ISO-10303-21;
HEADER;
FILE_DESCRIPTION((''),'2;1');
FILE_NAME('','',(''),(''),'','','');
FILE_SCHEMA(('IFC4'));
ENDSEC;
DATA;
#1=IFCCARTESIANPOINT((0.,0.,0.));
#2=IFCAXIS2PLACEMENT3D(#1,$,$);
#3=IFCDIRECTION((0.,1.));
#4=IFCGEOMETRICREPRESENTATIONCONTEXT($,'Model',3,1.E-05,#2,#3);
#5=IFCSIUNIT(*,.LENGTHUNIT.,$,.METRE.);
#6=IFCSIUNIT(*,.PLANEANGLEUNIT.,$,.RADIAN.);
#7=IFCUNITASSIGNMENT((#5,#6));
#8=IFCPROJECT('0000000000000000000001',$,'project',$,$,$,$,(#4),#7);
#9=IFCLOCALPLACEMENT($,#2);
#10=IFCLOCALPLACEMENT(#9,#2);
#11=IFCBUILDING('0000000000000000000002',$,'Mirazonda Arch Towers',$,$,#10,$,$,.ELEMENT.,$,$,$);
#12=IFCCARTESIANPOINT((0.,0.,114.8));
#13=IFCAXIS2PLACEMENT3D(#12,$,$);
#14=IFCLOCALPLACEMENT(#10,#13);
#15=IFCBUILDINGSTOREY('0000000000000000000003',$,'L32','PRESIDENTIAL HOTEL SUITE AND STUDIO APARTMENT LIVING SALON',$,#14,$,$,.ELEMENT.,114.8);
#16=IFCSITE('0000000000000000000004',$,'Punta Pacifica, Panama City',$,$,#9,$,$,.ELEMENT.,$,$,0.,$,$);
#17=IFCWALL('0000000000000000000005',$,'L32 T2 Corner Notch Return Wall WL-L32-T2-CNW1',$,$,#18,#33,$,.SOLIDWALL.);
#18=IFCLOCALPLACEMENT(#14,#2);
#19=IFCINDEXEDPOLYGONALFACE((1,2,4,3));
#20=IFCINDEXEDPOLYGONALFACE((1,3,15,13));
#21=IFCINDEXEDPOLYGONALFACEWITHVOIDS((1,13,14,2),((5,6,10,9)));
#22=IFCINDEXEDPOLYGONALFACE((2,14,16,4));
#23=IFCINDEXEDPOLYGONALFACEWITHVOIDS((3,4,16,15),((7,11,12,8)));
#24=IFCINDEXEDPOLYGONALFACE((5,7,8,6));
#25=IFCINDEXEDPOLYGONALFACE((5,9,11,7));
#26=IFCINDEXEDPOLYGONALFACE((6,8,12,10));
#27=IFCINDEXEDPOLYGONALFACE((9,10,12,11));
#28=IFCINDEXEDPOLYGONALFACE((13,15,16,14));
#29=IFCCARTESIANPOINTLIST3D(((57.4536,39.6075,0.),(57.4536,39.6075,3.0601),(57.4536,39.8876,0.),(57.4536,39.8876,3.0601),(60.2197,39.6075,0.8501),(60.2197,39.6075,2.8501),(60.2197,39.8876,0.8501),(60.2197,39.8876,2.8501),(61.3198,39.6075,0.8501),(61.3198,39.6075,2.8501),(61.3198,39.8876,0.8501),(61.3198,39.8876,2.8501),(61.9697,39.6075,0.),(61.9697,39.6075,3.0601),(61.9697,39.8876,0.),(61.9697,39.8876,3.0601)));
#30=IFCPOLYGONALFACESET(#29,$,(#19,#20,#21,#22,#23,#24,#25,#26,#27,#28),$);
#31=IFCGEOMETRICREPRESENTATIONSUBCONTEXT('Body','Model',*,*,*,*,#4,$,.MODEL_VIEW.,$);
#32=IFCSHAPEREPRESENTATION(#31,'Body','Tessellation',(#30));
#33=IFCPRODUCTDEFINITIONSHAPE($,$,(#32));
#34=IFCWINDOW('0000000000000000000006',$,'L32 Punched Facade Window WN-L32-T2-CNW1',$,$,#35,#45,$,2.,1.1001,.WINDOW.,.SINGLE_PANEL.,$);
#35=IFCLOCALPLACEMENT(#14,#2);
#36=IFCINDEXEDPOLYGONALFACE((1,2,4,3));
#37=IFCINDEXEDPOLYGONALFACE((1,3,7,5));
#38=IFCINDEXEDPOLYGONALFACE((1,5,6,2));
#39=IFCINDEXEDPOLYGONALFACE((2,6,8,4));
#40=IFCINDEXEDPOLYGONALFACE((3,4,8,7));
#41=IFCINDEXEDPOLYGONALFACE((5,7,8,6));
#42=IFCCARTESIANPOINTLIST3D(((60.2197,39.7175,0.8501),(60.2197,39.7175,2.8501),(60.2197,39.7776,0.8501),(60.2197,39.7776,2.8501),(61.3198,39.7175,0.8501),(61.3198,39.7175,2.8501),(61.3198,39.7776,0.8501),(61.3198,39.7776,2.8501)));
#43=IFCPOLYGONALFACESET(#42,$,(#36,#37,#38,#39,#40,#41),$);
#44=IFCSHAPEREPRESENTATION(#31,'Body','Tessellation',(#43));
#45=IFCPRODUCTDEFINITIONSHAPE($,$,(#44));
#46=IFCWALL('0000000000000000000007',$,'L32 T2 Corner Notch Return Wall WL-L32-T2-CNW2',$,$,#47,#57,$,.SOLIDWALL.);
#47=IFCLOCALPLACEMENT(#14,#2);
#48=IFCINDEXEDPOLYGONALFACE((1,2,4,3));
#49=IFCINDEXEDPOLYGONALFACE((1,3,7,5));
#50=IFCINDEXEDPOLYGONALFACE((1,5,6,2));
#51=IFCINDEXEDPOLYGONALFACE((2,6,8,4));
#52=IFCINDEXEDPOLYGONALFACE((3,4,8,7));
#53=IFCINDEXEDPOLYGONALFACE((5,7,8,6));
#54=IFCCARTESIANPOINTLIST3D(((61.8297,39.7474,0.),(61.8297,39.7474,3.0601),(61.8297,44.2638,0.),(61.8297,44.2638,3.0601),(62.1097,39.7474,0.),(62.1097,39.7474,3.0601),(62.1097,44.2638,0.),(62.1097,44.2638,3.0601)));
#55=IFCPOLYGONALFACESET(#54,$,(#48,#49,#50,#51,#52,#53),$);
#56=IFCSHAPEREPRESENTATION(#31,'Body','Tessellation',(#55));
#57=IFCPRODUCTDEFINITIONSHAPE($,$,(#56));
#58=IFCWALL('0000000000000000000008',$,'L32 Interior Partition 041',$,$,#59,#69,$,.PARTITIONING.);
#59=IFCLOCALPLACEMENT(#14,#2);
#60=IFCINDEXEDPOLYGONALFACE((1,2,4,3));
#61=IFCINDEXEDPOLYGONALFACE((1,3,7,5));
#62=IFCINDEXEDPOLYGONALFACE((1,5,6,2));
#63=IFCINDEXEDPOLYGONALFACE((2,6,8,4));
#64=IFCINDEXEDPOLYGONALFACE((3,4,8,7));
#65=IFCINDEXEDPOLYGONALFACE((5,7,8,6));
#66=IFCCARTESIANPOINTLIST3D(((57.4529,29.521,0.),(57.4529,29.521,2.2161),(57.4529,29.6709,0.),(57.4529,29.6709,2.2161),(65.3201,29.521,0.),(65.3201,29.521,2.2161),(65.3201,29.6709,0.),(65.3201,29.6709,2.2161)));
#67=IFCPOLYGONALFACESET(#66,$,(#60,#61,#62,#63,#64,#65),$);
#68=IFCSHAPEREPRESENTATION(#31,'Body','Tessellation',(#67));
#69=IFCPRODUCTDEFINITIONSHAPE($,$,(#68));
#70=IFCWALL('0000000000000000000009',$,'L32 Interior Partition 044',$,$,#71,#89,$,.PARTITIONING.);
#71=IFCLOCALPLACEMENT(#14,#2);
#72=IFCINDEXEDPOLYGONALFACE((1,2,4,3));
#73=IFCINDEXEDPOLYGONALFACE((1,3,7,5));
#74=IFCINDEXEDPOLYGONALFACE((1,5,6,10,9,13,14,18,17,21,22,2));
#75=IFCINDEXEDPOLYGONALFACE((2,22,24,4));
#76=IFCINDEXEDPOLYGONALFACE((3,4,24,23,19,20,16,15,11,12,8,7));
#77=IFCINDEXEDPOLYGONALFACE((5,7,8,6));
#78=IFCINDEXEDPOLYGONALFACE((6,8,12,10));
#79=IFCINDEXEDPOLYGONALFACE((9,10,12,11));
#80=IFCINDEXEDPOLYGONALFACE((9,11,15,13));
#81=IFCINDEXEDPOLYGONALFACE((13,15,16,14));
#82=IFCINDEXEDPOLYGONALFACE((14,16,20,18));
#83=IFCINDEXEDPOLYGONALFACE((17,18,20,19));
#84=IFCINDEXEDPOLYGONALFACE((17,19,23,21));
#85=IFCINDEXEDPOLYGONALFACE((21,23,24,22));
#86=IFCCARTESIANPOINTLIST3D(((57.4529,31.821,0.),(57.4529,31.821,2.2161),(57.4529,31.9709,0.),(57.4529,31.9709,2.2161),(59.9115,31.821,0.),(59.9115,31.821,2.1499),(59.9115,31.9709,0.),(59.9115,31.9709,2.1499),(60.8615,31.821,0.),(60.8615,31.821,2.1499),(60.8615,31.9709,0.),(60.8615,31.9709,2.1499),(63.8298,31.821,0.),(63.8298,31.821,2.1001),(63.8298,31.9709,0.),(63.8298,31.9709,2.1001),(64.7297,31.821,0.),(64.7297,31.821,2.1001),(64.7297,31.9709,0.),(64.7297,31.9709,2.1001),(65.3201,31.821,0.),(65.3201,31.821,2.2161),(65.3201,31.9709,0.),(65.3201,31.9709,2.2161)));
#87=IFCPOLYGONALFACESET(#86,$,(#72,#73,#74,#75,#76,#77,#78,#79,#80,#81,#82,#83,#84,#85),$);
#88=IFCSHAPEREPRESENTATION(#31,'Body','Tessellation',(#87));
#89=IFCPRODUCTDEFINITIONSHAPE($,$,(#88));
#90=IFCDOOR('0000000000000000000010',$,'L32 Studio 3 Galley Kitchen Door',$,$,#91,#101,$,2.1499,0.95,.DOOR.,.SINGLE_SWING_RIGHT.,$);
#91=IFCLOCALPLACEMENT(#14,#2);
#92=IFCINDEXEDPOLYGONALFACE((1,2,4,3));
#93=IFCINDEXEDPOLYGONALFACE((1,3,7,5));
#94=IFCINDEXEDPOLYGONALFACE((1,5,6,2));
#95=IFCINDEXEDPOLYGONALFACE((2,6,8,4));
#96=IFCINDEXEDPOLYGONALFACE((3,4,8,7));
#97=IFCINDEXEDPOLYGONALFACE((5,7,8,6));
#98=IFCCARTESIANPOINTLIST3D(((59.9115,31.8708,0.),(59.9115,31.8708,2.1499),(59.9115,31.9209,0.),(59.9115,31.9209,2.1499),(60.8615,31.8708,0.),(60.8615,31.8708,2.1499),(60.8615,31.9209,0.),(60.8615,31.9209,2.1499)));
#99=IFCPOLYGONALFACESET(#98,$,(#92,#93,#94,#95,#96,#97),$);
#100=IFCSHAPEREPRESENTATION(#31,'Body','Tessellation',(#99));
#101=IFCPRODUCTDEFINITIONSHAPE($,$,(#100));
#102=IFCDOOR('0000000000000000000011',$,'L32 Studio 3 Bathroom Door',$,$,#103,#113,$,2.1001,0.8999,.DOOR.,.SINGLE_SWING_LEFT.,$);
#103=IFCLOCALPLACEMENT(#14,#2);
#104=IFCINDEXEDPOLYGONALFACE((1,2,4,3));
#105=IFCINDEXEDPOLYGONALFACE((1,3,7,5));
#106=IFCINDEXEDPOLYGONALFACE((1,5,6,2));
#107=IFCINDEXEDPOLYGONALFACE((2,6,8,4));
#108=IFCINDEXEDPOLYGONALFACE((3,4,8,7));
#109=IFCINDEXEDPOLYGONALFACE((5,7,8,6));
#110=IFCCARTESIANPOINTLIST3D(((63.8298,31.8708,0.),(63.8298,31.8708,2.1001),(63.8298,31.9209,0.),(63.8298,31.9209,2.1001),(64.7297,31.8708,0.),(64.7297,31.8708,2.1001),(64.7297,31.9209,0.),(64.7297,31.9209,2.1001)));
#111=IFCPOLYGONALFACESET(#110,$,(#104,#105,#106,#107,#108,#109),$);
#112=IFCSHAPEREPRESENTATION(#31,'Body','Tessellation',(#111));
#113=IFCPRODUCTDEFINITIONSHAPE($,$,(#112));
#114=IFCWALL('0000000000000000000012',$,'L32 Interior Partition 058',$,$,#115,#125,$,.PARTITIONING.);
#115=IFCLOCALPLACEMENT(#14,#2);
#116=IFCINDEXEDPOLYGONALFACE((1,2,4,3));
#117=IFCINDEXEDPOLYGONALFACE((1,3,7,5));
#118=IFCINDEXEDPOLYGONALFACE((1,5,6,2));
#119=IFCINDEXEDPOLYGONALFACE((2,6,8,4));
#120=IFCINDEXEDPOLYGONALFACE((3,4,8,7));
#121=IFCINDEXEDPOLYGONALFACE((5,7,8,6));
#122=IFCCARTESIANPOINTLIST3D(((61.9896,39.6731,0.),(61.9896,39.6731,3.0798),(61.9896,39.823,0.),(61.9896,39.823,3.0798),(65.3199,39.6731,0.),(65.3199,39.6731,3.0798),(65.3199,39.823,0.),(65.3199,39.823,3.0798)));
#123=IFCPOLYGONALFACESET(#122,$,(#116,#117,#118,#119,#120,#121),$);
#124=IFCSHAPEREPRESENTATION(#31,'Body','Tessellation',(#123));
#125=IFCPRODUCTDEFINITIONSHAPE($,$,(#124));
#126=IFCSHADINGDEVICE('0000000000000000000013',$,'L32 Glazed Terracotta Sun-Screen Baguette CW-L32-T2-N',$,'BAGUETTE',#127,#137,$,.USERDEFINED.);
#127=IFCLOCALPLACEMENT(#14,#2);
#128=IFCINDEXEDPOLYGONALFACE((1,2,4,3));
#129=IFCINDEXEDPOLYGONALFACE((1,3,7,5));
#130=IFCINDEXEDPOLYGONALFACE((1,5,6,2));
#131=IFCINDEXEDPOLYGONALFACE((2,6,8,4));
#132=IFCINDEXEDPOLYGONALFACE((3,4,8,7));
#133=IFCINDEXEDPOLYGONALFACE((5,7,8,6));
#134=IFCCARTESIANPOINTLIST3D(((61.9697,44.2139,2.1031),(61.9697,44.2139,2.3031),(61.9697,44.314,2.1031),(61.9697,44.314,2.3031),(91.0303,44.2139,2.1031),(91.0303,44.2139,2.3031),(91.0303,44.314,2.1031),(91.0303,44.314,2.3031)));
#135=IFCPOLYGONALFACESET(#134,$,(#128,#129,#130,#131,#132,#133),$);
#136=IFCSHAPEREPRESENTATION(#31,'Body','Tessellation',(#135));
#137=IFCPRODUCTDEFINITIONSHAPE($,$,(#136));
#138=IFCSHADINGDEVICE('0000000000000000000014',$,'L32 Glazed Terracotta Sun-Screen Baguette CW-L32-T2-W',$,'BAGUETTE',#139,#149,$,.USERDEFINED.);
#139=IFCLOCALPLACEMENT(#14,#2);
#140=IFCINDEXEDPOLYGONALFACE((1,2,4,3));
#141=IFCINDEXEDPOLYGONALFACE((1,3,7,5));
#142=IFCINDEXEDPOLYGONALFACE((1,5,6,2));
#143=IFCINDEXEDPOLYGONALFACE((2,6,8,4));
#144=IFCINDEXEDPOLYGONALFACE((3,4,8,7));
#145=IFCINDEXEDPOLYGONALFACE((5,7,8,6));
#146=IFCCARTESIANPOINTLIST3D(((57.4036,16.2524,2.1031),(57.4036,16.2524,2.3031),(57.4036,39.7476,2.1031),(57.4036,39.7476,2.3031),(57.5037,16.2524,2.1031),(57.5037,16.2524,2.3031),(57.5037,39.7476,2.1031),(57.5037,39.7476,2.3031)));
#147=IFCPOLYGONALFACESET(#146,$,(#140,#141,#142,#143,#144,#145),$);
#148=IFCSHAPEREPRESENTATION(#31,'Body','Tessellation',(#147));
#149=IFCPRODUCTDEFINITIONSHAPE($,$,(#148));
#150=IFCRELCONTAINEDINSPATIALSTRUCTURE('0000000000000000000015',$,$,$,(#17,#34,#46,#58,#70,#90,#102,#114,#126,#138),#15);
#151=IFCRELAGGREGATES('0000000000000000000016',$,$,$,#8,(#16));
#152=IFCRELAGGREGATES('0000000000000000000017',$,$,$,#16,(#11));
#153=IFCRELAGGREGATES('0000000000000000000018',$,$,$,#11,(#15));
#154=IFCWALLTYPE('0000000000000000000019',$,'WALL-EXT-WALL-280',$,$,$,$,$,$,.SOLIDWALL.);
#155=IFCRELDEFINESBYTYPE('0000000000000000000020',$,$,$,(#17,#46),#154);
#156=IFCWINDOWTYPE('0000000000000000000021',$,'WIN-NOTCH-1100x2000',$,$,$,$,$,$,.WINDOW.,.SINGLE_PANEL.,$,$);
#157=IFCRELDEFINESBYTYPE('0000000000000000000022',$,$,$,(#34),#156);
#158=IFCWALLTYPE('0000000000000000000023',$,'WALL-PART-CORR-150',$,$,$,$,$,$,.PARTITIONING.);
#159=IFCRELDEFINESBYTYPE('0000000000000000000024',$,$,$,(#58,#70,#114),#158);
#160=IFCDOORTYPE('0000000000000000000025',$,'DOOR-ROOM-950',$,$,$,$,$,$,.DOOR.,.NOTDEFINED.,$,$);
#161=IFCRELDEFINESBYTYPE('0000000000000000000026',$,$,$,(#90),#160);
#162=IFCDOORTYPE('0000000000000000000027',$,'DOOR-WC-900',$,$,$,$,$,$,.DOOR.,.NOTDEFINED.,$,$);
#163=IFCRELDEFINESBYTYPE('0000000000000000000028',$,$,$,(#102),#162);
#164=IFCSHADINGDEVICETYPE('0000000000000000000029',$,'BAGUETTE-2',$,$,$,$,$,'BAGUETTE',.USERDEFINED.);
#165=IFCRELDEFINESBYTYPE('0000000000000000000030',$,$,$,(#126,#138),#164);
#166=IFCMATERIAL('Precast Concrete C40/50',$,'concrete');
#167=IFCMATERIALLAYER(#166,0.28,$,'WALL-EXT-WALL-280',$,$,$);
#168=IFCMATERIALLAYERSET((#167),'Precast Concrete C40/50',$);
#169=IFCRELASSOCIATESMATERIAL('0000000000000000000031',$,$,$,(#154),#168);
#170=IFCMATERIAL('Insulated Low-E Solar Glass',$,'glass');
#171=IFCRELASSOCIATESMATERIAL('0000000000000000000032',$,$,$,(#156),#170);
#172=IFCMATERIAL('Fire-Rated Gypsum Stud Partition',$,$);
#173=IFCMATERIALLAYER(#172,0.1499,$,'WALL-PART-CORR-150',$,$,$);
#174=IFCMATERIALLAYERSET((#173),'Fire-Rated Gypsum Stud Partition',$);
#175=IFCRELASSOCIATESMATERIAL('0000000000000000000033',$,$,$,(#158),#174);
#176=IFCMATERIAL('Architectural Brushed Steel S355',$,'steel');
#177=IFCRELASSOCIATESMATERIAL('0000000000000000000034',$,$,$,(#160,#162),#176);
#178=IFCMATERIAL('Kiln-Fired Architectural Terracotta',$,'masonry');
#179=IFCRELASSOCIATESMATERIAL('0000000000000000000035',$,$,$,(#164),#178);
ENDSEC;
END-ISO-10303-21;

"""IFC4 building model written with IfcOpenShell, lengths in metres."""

from ifc_helpers import new_model, si_unit, direction, frame, frame_2d, origin, origin_2d, place, context, subcontext, project, spatial, rectangle, extrude, material, layer, layer_set, material_profile, profile_set, type_object, element, fill, save


model = new_model("IFC4")

# Units and contexts
model_context = context("Model", 3, precision=1e-05, world=origin(), true_north=direction((0.0, 1.0)))
body_context = subcontext(model_context, "Body", "Model", "MODEL_VIEW")
ifc_project = project(units=[si_unit("LENGTHUNIT", "METRE"), si_unit("PLANEANGLEUNIT", "RADIAN")], contexts=[model_context])

# Site, building, storey
site_placement = place(None, origin())
site = spatial("IfcSite", under=ifc_project, at=site_placement, Name="Punta Pacifica, Panama City", CompositionType="ELEMENT", RefElevation=0.0)
building_placement = place(site_placement, origin())
building = spatial("IfcBuilding", under=site, at=building_placement, Name="Mirazonda Arch Towers", CompositionType="ELEMENT")
storey_placement = place(building_placement, frame((0.0, 0.0, 114.8)))
storey = spatial("IfcBuildingStorey", under=building, at=storey_placement, Name="L32", Description="PRESIDENTIAL HOTEL SUITE AND STUDIO APARTMENT LIVING SALON", CompositionType="ELEMENT", Elevation=114.8)

# Shared definitions
ifc_material_1 = material(Name="Insulated Low-E Solar Glass", Category="glass")

# Wall, opening, window
ifc_material_2 = material(Name="Precast Concrete C40/50", Category="concrete")
ifc_layer_1 = layer(ifc_material_2, 0.28, Name="WALL-EXT-WALL-280")
ifc_layer_set_1 = layer_set([ifc_layer_1], Name="Precast Concrete C40/50")
wall_type_1 = type_object("IfcWallType", Name="WALL-EXT-WALL-280", PredefinedType="SOLIDWALL", material=ifc_layer_set_1)
window_type = type_object("IfcWindowType", Name="WIN-NOTCH-1100x2000", PartitioningType="SINGLE_PANEL", PredefinedType="WINDOW", material=ifc_material_1)
wall_1_placement = place(storey_placement, frame((61.9697, 39.7476, 0.0), z_axis=(0.0, 0.0, 1.0), x_axis=(-1.0, 0.0, 0.0)))
wall_1 = element("IfcWall", 1, at=wall_1_placement, inside=storey, type_object=wall_type_1, Name="L32 T2 Corner Notch Return Wall WL-L32-T2-CNW1", PredefinedType="SOLIDWALL", context=body_context, shape_type="SweptSolid", body=[
    extrude(rectangle(XDim=4.5161, YDim=0.28, at=frame_2d((2.2581, 0.0))), origin(), (0.0, 0.0, 1.0), 3.0601),
])
opening_1_placement = place(wall_1_placement, frame((0.6499, 0.0, 0.8501)))
opening_1 = element("IfcOpeningElement", 2, at=opening_1_placement, cuts=wall_1, PredefinedType="OPENING", context=body_context, shape_type="SweptSolid", body=[
    extrude(rectangle(XDim=1.1001, YDim=2.0, at=frame_2d((0.55, 1.0))), frame((0.0, 0.1499, 0.0), z_axis=(0.0, -1.0, 0.0), x_axis=(1.0, 0.0, 0.0)), (0.0, 0.0, 1.0), 0.3),
])
window_1_placement = place(opening_1_placement, origin())
window_1 = element("IfcWindow", 3, at=window_1_placement, inside=storey, type_object=window_type, Name="L32 Punched Facade Window WN-L32-T2-CNW1", OverallHeight=2.0, OverallWidth=1.1001, PartitioningType="SINGLE_PANEL", PredefinedType="WINDOW", context=body_context, shape_type="SweptSolid", body=[
    extrude(rectangle(XDim=1.1001, YDim=2.0, at=frame_2d((0.55, 1.0))), frame((0.0, 0.03, 0.0), z_axis=(0.0, -1.0, 0.0), x_axis=(1.0, 0.0, 0.0)), (0.0, 0.0, 1.0), 0.0601),
])
fill(opening_1, window_1)

# Walls
wall_2_placement = place(storey_placement, frame((61.9697, 44.2639, 0.0), z_axis=(0.0, 0.0, 1.0), x_axis=(0.0, -1.0, 0.0)))
element("IfcWall", 4, at=wall_2_placement, inside=storey, type_object=wall_type_1, Name="L32 T2 Corner Notch Return Wall WL-L32-T2-CNW2", PredefinedType="SOLIDWALL", context=body_context, shape_type="SweptSolid", body=[
    extrude(rectangle(XDim=4.5164, YDim=0.28, at=frame_2d((2.2583, 0.0))), origin(), (0.0, 0.0, 1.0), 3.0601),
])
ifc_material_3 = material(Name="Fire-Rated Gypsum Stud Partition")
ifc_layer_2 = layer(ifc_material_3, 0.1499, Name="WALL-PART-CORR-150")
ifc_layer_set_2 = layer_set([ifc_layer_2], Name="Fire-Rated Gypsum Stud Partition")
wall_type_2 = type_object("IfcWallType", Name="WALL-PART-CORR-150", PredefinedType="PARTITIONING", material=ifc_layer_set_2)
wall_3_placement = place(storey_placement, frame((57.4529, 29.5959, 0.0), z_axis=(0.0, 0.0, 1.0), x_axis=(1.0, 0.0, 0.0)))
element("IfcWall", 5, at=wall_3_placement, inside=storey, type_object=wall_type_2, Name="L32 Interior Partition 041", PredefinedType="PARTITIONING", context=body_context, shape_type="SweptSolid", body=[
    extrude(rectangle(XDim=7.8672, YDim=0.1499, at=frame_2d((3.9336, 0.0))), origin(), (0.0, 0.0, 1.0), 2.2161),
])

# Wall, openings, doors
wall_4_placement = place(storey_placement, frame((57.4529, 31.896, 0.0), z_axis=(0.0, 0.0, 1.0), x_axis=(1.0, 0.0, 0.0)))
wall_4 = element("IfcWall", 6, at=wall_4_placement, inside=storey, type_object=wall_type_2, Name="L32 Interior Partition 044", PredefinedType="PARTITIONING", context=body_context, shape_type="SweptSolid", body=[
    extrude(rectangle(XDim=7.8672, YDim=0.1499, at=frame_2d((3.9336, 0.0))), origin(), (0.0, 0.0, 1.0), 2.2161),
])
opening_2_placement = place(wall_4_placement, frame((2.4585, 0.0, 0.0)))
opening_2 = element("IfcOpeningElement", 7, at=opening_2_placement, cuts=wall_4, PredefinedType="OPENING", context=body_context, shape_type="SweptSolid", body=[
    extrude(rectangle(XDim=0.95, YDim=2.1499, at=frame_2d((0.4751, 1.075))), frame((0.0, 0.085, 0.0), z_axis=(0.0, -1.0, 0.0), x_axis=(1.0, 0.0, 0.0)), (0.0, 0.0, 1.0), 0.1699),
])
opening_3_placement = place(wall_4_placement, frame((6.377, 0.0, 0.0)))
opening_3 = element("IfcOpeningElement", 8, at=opening_3_placement, cuts=wall_4, PredefinedType="OPENING", context=body_context, shape_type="SweptSolid", body=[
    extrude(rectangle(XDim=0.8999, YDim=2.1001, at=frame_2d((0.45, 1.05))), frame((0.0, 0.085, 0.0), z_axis=(0.0, -1.0, 0.0), x_axis=(1.0, 0.0, 0.0)), (0.0, 0.0, 1.0), 0.1699),
])
ifc_material_4 = material(Name="Architectural Brushed Steel S355", Category="steel")
door_type_1 = type_object("IfcDoorType", Name="DOOR-ROOM-950", OperationType="NOTDEFINED", PredefinedType="DOOR", material=ifc_material_4)
door_1_placement = place(opening_2_placement, origin())
door_1 = element("IfcDoor", 9, at=door_1_placement, inside=storey, type_object=door_type_1, Name="L32 Studio 3 Galley Kitchen Door", OperationType="SINGLE_SWING_RIGHT", OverallHeight=2.1499, OverallWidth=0.95, PredefinedType="DOOR", context=body_context, shape_type="SweptSolid", body=[
    extrude(rectangle(XDim=0.95, YDim=2.1499, at=frame_2d((0.4751, 1.075))), frame((0.0, 0.0249, 0.0), z_axis=(0.0, -1.0, 0.0), x_axis=(1.0, 0.0, 0.0)), (0.0, 0.0, 1.0), 0.05),
])
fill(opening_2, door_1)
door_type_2 = type_object("IfcDoorType", Name="DOOR-WC-900", OperationType="NOTDEFINED", PredefinedType="DOOR", material=ifc_material_4)
door_2_placement = place(opening_3_placement, origin())
door_2 = element("IfcDoor", 10, at=door_2_placement, inside=storey, type_object=door_type_2, Name="L32 Studio 3 Bathroom Door", OperationType="SINGLE_SWING_LEFT", OverallHeight=2.1001, OverallWidth=0.8999, PredefinedType="DOOR", context=body_context, shape_type="SweptSolid", body=[
    extrude(rectangle(XDim=0.8999, YDim=2.1001, at=frame_2d((0.45, 1.05))), frame((0.0, 0.0249, 0.0), z_axis=(0.0, -1.0, 0.0), x_axis=(1.0, 0.0, 0.0)), (0.0, 0.0, 1.0), 0.05),
])
fill(opening_3, door_2)

# Wall
wall_5_placement = place(storey_placement, frame((61.9897, 39.748, 0.0), z_axis=(0.0, 0.0, 1.0), x_axis=(1.0, 0.0, 0.0)))
element("IfcWall", 11, at=wall_5_placement, inside=storey, type_object=wall_type_2, Name="L32 Interior Partition 058", PredefinedType="PARTITIONING", context=body_context, shape_type="SweptSolid", body=[
    extrude(rectangle(XDim=3.3303, YDim=0.1499, at=frame_2d((1.665, 0.0))), origin(), (0.0, 0.0, 1.0), 3.0798),
])

# Shading devices
ifc_material_5 = material(Name="Kiln-Fired Architectural Terracotta", Category="masonry")
ifc_material_profile_1 = material_profile(ifc_material_5, rectangle(XDim=0.1001, YDim=0.2, at=origin_2d()), Name="TERRA-BAG-100x200")
ifc_profile_set_1 = profile_set([ifc_material_profile_1], Name="Kiln-Fired Architectural Terracotta")
shading_device_type = type_object("IfcShadingDeviceType", Name="BAGUETTE-2", ElementType="BAGUETTE", PredefinedType="USERDEFINED", material=ifc_profile_set_1)
shading_device_1_placement = place(storey_placement, frame((61.9697, 44.2639, 2.2031), z_axis=(1.0, 0.0, 0.0), x_axis=(0.0, 1.0, 0.0)))
element("IfcShadingDevice", 12, at=shading_device_1_placement, inside=storey, type_object=shading_device_type, Name="L32 Glazed Terracotta Sun-Screen Baguette CW-L32-T2-N", ObjectType="BAGUETTE", PredefinedType="USERDEFINED", context=body_context, shape_type="SweptSolid", body=[
    extrude(rectangle(XDim=0.1001, YDim=0.2, at=origin_2d()), origin(), (0.0, 0.0, 1.0), 29.0605),
])
shading_device_2_placement = place(storey_placement, frame((57.4536, 39.7476, 2.2031), z_axis=(0.0, -1.0, 0.0), x_axis=(1.0, 0.0, 0.0)))
element("IfcShadingDevice", 13, at=shading_device_2_placement, inside=storey, type_object=shading_device_type, Name="L32 Glazed Terracotta Sun-Screen Baguette CW-L32-T2-W", ObjectType="BAGUETTE", PredefinedType="USERDEFINED", context=body_context, shape_type="SweptSolid", body=[
    extrude(rectangle(XDim=0.1001, YDim=0.2, at=origin_2d()), origin(), (0.0, 0.0, 1.0), 23.4951),
])

save(model, "model.ifc")
